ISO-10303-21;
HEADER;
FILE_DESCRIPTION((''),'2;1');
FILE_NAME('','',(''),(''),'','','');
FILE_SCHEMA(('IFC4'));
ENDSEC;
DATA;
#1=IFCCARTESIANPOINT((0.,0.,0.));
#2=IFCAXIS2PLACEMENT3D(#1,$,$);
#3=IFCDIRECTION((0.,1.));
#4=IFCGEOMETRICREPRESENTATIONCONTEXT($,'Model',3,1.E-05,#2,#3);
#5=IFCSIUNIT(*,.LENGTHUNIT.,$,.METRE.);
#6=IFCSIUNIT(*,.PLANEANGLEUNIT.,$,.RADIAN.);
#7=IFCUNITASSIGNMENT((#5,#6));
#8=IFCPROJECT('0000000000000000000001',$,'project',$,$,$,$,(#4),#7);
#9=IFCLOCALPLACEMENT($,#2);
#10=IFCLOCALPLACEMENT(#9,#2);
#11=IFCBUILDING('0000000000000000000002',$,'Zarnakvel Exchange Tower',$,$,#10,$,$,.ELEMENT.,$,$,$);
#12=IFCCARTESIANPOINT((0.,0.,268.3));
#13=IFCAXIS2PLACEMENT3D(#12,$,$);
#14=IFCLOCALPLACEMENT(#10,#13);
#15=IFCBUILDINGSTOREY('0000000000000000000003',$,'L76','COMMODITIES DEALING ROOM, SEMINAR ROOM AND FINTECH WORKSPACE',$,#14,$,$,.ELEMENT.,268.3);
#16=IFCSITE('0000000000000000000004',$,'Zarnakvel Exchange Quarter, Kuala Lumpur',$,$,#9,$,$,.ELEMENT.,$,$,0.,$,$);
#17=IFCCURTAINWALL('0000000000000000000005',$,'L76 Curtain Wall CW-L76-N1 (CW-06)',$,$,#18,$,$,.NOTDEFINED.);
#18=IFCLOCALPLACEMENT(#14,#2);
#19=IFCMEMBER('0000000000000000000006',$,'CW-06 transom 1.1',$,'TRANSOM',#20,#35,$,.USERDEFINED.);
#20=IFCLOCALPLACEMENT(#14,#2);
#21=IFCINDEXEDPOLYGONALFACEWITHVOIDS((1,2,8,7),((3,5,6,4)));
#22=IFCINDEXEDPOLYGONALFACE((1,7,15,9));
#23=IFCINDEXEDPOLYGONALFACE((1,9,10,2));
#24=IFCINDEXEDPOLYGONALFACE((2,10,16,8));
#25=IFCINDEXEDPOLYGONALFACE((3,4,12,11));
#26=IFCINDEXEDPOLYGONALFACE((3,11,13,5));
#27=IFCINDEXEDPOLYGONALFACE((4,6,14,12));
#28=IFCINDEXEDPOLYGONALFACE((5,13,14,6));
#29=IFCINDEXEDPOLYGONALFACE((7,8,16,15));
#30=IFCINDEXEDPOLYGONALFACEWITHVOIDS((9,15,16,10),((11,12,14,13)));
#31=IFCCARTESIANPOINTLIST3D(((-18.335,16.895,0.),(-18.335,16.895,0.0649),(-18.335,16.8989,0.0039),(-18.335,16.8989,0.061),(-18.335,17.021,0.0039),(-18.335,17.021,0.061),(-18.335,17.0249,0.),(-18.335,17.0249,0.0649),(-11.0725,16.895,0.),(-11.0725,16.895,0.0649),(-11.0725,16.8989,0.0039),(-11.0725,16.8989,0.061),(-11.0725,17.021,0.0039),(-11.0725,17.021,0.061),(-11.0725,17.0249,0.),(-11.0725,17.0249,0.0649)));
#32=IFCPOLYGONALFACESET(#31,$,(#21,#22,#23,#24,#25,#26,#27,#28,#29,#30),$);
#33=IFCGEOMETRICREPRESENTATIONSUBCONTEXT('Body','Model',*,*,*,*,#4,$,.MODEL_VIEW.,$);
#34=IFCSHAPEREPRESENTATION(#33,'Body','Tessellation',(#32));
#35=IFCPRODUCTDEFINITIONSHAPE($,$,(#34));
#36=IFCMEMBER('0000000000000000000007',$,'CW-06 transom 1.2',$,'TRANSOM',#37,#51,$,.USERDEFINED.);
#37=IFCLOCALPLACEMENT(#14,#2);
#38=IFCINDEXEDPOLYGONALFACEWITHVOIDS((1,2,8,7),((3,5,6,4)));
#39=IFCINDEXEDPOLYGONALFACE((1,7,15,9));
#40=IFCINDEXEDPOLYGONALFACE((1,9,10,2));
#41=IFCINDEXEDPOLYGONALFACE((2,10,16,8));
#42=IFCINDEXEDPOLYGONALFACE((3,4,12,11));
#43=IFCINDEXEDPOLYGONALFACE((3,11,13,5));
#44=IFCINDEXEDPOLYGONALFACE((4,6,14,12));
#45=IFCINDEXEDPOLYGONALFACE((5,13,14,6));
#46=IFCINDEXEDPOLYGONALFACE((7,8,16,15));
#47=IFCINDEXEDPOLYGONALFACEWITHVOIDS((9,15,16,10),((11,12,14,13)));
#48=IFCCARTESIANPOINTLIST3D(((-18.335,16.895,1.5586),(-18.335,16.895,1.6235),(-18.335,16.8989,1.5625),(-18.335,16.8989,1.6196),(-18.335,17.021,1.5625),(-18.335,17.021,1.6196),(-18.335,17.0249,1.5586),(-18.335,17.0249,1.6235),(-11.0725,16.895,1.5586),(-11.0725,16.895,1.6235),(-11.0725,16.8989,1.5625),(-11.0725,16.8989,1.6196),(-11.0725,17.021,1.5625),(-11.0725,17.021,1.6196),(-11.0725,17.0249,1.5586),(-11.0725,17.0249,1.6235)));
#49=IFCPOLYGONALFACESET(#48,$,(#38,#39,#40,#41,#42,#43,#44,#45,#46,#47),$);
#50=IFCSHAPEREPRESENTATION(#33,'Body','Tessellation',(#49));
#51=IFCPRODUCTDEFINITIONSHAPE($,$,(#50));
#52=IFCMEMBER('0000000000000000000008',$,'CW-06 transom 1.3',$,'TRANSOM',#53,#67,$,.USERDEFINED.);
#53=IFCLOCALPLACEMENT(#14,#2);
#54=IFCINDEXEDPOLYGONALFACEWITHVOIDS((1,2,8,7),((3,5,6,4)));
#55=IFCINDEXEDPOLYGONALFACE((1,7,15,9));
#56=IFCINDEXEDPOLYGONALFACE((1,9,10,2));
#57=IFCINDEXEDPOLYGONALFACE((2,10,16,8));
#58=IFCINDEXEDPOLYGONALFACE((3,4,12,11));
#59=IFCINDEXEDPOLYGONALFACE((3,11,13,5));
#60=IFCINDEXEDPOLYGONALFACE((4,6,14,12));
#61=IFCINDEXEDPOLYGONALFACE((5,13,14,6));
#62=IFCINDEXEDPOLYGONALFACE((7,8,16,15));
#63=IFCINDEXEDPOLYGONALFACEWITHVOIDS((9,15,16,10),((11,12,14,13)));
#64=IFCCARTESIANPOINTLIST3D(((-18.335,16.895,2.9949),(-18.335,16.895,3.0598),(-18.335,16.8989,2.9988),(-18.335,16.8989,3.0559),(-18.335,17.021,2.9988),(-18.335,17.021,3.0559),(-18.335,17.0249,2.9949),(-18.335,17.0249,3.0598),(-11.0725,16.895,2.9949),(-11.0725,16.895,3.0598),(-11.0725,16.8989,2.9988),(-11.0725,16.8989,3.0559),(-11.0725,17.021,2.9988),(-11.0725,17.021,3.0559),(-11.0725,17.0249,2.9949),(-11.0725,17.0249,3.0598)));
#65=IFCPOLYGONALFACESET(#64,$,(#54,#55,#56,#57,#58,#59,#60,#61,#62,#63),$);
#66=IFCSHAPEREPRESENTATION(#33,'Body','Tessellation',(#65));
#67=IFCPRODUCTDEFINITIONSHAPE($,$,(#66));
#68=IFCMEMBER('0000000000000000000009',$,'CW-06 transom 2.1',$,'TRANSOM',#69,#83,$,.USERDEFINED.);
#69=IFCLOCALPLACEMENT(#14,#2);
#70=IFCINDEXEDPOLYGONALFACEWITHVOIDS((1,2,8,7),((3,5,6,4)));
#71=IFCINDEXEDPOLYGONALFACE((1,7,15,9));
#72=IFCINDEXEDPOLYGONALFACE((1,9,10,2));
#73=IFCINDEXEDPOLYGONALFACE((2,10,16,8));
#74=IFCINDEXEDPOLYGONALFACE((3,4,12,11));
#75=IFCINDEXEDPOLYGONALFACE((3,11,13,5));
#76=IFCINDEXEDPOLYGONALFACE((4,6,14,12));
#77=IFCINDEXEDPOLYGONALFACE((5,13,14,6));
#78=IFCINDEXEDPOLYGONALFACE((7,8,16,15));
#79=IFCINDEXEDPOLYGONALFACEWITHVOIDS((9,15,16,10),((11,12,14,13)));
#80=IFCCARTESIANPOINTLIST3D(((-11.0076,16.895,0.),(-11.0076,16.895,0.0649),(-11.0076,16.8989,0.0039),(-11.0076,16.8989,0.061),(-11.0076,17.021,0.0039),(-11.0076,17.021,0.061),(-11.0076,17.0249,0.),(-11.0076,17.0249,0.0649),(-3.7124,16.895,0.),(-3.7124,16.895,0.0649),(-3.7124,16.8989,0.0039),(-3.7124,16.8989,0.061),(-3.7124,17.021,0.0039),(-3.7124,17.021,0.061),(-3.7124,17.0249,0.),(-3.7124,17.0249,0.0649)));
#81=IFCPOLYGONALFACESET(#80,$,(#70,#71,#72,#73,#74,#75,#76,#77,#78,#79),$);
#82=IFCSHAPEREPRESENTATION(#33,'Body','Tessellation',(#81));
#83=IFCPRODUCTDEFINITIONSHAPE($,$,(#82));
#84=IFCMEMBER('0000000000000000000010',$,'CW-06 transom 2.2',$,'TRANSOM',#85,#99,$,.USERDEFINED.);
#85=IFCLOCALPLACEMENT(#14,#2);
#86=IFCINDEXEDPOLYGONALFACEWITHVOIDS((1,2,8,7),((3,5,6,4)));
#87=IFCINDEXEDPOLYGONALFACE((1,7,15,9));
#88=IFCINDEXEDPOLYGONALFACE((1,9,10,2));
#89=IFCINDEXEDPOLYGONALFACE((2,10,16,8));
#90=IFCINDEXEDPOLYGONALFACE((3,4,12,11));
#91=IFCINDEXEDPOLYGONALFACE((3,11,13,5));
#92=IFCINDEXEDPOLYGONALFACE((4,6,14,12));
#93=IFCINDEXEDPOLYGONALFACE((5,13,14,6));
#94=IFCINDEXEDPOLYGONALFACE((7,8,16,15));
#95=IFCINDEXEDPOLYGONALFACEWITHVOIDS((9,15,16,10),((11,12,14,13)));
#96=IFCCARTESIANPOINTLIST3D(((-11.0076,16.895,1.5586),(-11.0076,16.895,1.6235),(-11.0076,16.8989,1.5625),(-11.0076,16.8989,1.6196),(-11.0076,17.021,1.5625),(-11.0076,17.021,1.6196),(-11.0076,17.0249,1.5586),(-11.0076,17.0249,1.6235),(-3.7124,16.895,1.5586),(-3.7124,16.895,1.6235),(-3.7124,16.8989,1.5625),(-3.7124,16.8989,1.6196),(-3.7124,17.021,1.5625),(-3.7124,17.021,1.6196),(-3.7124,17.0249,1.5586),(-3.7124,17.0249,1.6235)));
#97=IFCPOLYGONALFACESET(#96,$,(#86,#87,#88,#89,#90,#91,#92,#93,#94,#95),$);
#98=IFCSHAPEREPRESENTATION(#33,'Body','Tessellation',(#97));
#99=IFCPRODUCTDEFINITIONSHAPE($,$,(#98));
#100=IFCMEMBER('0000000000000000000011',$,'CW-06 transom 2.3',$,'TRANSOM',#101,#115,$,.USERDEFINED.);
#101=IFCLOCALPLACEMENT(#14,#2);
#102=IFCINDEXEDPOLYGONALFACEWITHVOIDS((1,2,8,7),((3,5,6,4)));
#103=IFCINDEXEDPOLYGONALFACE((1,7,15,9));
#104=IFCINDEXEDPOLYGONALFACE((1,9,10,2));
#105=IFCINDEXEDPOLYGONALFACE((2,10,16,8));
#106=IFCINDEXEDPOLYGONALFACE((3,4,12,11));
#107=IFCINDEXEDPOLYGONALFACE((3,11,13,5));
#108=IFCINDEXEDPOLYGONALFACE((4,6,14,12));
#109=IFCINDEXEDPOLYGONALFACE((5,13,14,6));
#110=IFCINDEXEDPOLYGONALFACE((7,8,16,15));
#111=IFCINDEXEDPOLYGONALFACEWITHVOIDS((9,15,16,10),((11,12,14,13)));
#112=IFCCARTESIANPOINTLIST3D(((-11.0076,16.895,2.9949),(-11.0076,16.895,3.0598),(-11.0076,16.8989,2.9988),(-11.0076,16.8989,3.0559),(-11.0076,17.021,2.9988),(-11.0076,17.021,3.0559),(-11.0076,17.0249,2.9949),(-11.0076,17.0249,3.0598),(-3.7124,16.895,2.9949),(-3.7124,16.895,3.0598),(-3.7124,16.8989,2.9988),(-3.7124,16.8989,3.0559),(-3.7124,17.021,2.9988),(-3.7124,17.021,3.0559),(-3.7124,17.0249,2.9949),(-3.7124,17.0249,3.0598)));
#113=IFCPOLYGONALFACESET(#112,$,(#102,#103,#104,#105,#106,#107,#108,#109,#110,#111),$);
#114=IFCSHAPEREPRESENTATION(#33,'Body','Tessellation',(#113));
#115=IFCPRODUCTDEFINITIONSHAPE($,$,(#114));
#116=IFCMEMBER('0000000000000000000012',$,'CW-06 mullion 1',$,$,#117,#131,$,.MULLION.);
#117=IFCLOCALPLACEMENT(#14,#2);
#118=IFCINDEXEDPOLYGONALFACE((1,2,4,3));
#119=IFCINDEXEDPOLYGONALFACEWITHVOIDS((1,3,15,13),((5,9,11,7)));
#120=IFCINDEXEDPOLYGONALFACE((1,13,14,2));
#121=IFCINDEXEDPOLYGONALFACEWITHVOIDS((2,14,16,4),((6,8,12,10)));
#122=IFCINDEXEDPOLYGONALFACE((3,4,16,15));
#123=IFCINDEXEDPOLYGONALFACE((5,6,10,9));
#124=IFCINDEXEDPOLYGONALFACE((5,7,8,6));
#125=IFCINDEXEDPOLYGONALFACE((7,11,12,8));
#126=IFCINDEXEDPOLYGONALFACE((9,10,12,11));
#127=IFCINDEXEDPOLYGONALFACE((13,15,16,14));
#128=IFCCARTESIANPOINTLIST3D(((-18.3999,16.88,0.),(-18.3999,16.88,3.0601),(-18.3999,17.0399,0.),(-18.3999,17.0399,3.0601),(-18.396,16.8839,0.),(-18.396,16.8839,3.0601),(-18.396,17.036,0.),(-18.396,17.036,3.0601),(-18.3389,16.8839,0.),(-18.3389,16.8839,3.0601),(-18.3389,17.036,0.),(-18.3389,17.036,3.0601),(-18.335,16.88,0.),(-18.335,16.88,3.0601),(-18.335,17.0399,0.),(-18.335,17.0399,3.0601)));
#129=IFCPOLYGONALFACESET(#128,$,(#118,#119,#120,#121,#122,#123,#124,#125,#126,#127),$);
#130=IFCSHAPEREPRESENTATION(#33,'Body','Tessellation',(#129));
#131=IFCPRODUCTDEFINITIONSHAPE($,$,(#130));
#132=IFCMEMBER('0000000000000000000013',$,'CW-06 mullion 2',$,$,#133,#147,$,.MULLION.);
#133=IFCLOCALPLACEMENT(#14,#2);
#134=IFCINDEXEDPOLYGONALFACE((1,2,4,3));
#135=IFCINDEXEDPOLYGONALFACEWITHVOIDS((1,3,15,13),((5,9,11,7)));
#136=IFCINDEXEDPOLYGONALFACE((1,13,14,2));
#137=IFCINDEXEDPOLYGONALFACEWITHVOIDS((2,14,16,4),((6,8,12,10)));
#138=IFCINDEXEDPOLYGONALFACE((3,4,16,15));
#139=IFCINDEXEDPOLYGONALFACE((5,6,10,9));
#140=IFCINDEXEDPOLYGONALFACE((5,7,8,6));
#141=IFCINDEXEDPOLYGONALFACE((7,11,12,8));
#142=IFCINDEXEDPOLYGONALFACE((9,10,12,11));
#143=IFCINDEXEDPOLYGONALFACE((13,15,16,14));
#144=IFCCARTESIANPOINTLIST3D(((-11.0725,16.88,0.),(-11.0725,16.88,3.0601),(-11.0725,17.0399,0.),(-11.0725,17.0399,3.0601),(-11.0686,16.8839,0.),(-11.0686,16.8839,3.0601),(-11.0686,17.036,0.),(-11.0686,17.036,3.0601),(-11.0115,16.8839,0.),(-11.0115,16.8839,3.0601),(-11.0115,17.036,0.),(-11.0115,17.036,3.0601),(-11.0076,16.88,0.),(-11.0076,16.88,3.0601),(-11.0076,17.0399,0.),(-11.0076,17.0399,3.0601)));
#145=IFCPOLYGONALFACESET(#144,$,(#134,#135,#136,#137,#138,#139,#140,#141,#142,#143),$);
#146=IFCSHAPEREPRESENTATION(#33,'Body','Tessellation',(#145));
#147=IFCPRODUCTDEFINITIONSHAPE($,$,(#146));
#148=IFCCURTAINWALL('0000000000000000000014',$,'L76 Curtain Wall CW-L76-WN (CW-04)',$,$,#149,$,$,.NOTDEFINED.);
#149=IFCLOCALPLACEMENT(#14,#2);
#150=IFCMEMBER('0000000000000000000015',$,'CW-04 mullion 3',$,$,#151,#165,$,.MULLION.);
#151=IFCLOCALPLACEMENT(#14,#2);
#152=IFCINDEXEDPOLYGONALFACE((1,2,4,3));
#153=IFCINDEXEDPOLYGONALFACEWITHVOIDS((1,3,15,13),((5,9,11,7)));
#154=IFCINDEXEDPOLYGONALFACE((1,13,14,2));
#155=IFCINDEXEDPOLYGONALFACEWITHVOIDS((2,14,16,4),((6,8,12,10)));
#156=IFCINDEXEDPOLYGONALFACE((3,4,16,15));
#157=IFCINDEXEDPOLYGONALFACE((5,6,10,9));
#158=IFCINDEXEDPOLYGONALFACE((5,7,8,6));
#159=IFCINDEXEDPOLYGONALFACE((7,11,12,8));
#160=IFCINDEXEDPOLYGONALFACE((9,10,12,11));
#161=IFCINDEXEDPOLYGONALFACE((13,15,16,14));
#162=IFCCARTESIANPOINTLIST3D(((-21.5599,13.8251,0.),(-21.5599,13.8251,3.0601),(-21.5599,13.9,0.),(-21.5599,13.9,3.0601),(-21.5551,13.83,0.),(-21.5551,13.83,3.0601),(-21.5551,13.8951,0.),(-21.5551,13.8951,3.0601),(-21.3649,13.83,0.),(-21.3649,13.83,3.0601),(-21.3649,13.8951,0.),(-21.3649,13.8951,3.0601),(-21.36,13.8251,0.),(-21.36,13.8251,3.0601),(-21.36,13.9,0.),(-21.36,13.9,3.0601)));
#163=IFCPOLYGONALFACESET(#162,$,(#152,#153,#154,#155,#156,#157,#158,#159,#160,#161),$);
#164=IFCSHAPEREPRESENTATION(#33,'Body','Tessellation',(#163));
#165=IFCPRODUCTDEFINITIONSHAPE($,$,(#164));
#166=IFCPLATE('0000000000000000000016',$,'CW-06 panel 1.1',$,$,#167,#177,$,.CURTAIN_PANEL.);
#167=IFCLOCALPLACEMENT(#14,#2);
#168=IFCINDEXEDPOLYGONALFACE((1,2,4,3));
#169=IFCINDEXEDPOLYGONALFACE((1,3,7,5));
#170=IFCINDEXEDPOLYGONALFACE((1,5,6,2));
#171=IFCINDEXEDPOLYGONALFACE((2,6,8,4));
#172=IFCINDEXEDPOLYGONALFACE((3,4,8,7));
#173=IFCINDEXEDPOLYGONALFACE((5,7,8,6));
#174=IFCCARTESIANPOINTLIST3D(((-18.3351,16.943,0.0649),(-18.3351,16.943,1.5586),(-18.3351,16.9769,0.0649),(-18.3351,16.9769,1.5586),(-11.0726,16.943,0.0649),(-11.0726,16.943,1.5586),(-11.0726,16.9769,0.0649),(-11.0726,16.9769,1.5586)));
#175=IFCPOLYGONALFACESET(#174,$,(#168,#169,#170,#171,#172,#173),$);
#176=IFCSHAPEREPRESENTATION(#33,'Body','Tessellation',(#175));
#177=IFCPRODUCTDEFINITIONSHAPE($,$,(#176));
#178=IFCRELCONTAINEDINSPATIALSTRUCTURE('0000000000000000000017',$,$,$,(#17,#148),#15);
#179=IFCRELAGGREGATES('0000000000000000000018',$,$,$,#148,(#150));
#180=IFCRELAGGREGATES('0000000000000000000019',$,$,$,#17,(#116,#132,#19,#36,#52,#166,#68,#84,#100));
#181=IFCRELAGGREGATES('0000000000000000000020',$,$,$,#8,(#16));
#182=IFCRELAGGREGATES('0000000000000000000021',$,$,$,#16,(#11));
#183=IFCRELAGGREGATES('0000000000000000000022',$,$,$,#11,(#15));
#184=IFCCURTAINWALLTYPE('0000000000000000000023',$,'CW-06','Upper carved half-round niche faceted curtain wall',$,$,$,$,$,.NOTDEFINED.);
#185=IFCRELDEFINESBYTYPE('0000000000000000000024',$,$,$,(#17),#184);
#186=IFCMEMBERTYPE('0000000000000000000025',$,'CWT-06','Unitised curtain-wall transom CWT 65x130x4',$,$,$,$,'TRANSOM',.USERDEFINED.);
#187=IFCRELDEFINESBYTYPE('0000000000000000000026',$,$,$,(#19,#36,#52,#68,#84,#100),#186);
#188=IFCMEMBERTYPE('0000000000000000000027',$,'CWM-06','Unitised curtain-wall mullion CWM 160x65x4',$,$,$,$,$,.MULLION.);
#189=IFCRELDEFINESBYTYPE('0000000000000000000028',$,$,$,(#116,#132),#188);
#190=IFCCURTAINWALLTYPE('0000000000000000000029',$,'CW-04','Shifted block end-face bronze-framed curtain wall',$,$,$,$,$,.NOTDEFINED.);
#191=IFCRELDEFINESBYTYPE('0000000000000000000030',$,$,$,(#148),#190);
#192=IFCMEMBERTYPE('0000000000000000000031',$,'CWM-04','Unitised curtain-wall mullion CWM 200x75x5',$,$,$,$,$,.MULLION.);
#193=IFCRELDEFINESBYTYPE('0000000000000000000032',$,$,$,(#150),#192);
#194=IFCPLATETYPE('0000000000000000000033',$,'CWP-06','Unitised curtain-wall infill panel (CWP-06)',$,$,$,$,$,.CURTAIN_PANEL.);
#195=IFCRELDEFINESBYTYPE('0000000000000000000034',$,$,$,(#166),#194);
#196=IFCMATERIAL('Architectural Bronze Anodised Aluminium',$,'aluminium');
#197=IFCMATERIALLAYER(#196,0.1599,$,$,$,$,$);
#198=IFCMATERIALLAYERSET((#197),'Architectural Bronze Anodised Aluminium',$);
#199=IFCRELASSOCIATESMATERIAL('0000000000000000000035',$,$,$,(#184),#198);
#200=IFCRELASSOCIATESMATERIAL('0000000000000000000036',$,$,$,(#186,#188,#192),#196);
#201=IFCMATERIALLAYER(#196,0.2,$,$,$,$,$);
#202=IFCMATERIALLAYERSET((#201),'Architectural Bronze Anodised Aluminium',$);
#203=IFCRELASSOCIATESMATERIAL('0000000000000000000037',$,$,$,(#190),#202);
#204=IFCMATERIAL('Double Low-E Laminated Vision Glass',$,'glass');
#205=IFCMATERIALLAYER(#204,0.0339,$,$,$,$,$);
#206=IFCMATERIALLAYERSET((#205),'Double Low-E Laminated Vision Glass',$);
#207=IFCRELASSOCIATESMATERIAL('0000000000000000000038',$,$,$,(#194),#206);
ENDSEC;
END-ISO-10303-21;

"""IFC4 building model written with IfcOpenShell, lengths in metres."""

from ifc_helpers import new_model, si_unit, direction, frame, origin, origin_2d, place, context, subcontext, project, spatial, rectangle, hollow_rectangle, extrude, source, transform, mapped, material, layer, layer_set, material_profile, profile_set, type_object, element, aggregate, save


model = new_model("IFC4")

# Units and contexts
model_context = context("Model", 3, precision=1e-05, world=origin(), true_north=direction((0.0, 1.0)))
body_context = subcontext(model_context, "Body", "Model", "MODEL_VIEW")
ifc_project = project(units=[si_unit("LENGTHUNIT", "METRE"), si_unit("PLANEANGLEUNIT", "RADIAN")], contexts=[model_context])

# Site, building, storey
site_placement = place(None, origin())
site = spatial("IfcSite", under=ifc_project, at=site_placement, Name="Zarnakvel Exchange Quarter, Kuala Lumpur", CompositionType="ELEMENT", RefElevation=0.0)
building_placement = place(site_placement, origin())
building = spatial("IfcBuilding", under=site, at=building_placement, Name="Zarnakvel Exchange Tower", CompositionType="ELEMENT")
storey_placement = place(building_placement, frame((0.0, 0.0, 268.3)))
storey = spatial("IfcBuildingStorey", under=building, at=storey_placement, Name="L76", Description="COMMODITIES DEALING ROOM, SEMINAR ROOM AND FINTECH WORKSPACE", CompositionType="ELEMENT", Elevation=268.3)

# Curtain wall, members
ifc_material_1 = material(Name="Architectural Bronze Anodised Aluminium", Category="aluminium")
ifc_layer_1 = layer(ifc_material_1, 0.1599)
ifc_layer_set_1 = layer_set([ifc_layer_1], Name="Architectural Bronze Anodised Aluminium")
curtain_wall_type_1 = type_object("IfcCurtainWallType", Name="CW-06", Description="Upper carved half-round niche faceted curtain wall", PredefinedType="NOTDEFINED", material=ifc_layer_set_1)
curtain_wall_1_placement = place(storey_placement, origin())
curtain_wall_1 = element("IfcCurtainWall", 1, at=curtain_wall_1_placement, inside=storey, type_object=curtain_wall_type_1, Name="L76 Curtain Wall CW-L76-N1 (CW-06)", PredefinedType="NOTDEFINED")
ifc_material_profile_1 = material_profile(ifc_material_1, hollow_rectangle(XDim=0.1299, YDim=0.0649, WallThickness=0.0039, at=origin_2d()))
ifc_profile_set_1 = profile_set([ifc_material_profile_1], Name="Architectural Bronze Anodised Aluminium")
member_type_1 = type_object("IfcMemberType", Name="CWT-06", Description="Unitised curtain-wall transom CWT 65x130x4", ElementType="TRANSOM", PredefinedType="USERDEFINED", material=ifc_profile_set_1)
shared_shape_1 = source(origin(), body_context, "Body", "SweptSolid", [
    extrude(hollow_rectangle(XDim=0.1299, YDim=0.0649, WallThickness=0.0039, at=origin_2d()), origin(), (0.0, 0.0, 1.0), 7.2625),
])
member_1_placement = place(storey_placement, frame((-18.335, 16.96, 0.0325), z_axis=(1.0, 0.0, 0.0), x_axis=(0.0, 1.0, 0.0)))
member_1 = element("IfcMember", 2, at=member_1_placement, type_object=member_type_1, Name="CW-06 transom 1.1", ObjectType="TRANSOM", PredefinedType="USERDEFINED", context=body_context, shape_type="MappedRepresentation", body=[
    mapped(shared_shape_1, transform((0.0, 0.0, 0.0), x_axis=(1.0, 0.0, 0.0), y_axis=(0.0, 1.0, 0.0), z_axis=(0.0, 0.0, 1.0), scale=1.0)),
])
member_2_placement = place(storey_placement, frame((-18.335, 16.96, 1.5911), z_axis=(1.0, 0.0, 0.0), x_axis=(0.0, 1.0, 0.0)))
member_2 = element("IfcMember", 3, at=member_2_placement, type_object=member_type_1, Name="CW-06 transom 1.2", ObjectType="TRANSOM", PredefinedType="USERDEFINED", context=body_context, shape_type="MappedRepresentation", body=[
    mapped(shared_shape_1, transform((0.0, 0.0, 0.0), x_axis=(1.0, 0.0, 0.0), y_axis=(0.0, 1.0, 0.0), z_axis=(0.0, 0.0, 1.0), scale=1.0)),
])
member_3_placement = place(storey_placement, frame((-18.335, 16.96, 3.0273), z_axis=(1.0, 0.0, 0.0), x_axis=(0.0, 1.0, 0.0)))
member_3 = element("IfcMember", 4, at=member_3_placement, type_object=member_type_1, Name="CW-06 transom 1.3", ObjectType="TRANSOM", PredefinedType="USERDEFINED", context=body_context, shape_type="MappedRepresentation", body=[
    mapped(shared_shape_1, transform((0.0, 0.0, 0.0), x_axis=(1.0, 0.0, 0.0), y_axis=(0.0, 1.0, 0.0), z_axis=(0.0, 0.0, 1.0), scale=1.0)),
])
shared_shape_2 = source(origin(), body_context, "Body", "SweptSolid", [
    extrude(hollow_rectangle(XDim=0.1299, YDim=0.0649, WallThickness=0.0039, at=origin_2d()), origin(), (0.0, 0.0, 1.0), 7.2952),
])
member_4_placement = place(storey_placement, frame((-11.0076, 16.96, 0.0325), z_axis=(1.0, 0.0, 0.0), x_axis=(0.0, 1.0, 0.0)))
member_4 = element("IfcMember", 5, at=member_4_placement, type_object=member_type_1, Name="CW-06 transom 2.1", ObjectType="TRANSOM", PredefinedType="USERDEFINED", context=body_context, shape_type="MappedRepresentation", body=[
    mapped(shared_shape_2, transform((0.0, 0.0, 0.0), x_axis=(1.0, 0.0, 0.0), y_axis=(0.0, 1.0, 0.0), z_axis=(0.0, 0.0, 1.0), scale=1.0)),
])
member_5_placement = place(storey_placement, frame((-11.0076, 16.96, 1.5911), z_axis=(1.0, 0.0, 0.0), x_axis=(0.0, 1.0, 0.0)))
member_5 = element("IfcMember", 6, at=member_5_placement, type_object=member_type_1, Name="CW-06 transom 2.2", ObjectType="TRANSOM", PredefinedType="USERDEFINED", context=body_context, shape_type="MappedRepresentation", body=[
    mapped(shared_shape_2, transform((0.0, 0.0, 0.0), x_axis=(1.0, 0.0, 0.0), y_axis=(0.0, 1.0, 0.0), z_axis=(0.0, 0.0, 1.0), scale=1.0)),
])
member_6_placement = place(storey_placement, frame((-11.0076, 16.96, 3.0273), z_axis=(1.0, 0.0, 0.0), x_axis=(0.0, 1.0, 0.0)))
member_6 = element("IfcMember", 7, at=member_6_placement, type_object=member_type_1, Name="CW-06 transom 2.3", ObjectType="TRANSOM", PredefinedType="USERDEFINED", context=body_context, shape_type="MappedRepresentation", body=[
    mapped(shared_shape_2, transform((0.0, 0.0, 0.0), x_axis=(1.0, 0.0, 0.0), y_axis=(0.0, 1.0, 0.0), z_axis=(0.0, 0.0, 1.0), scale=1.0)),
])
ifc_material_profile_2 = material_profile(ifc_material_1, hollow_rectangle(XDim=0.1599, YDim=0.0649, WallThickness=0.0039, at=origin_2d()))
ifc_profile_set_2 = profile_set([ifc_material_profile_2], Name="Architectural Bronze Anodised Aluminium")
member_type_2 = type_object("IfcMemberType", Name="CWM-06", Description="Unitised curtain-wall mullion CWM 160x65x4", PredefinedType="MULLION", material=ifc_profile_set_2)
shared_shape_3 = source(origin(), body_context, "Body", "SweptSolid", [
    extrude(hollow_rectangle(XDim=0.1599, YDim=0.0649, WallThickness=0.0039, at=origin_2d()), origin(), (0.0, 0.0, 1.0), 3.0601),
])
member_7_placement = place(storey_placement, frame((-18.3674, 16.96, 0.0), z_axis=(0.0, 0.0, 1.0), x_axis=(0.0, 1.0, 0.0)))
member_7 = element("IfcMember", 8, at=member_7_placement, type_object=member_type_2, Name="CW-06 mullion 1", PredefinedType="MULLION", context=body_context, shape_type="MappedRepresentation", body=[
    mapped(shared_shape_3, transform((0.0, 0.0, 0.0), x_axis=(1.0, 0.0, 0.0), y_axis=(0.0, 1.0, 0.0), z_axis=(0.0, 0.0, 1.0), scale=1.0)),
])
member_8_placement = place(storey_placement, frame((-11.04, 16.96, 0.0), z_axis=(0.0, 0.0, 1.0), x_axis=(0.0, 1.0, 0.0)))
member_8 = element("IfcMember", 9, at=member_8_placement, type_object=member_type_2, Name="CW-06 mullion 2", PredefinedType="MULLION", context=body_context, shape_type="MappedRepresentation", body=[
    mapped(shared_shape_3, transform((0.0, 0.0, 0.0), x_axis=(1.0, 0.0, 0.0), y_axis=(0.0, 1.0, 0.0), z_axis=(0.0, 0.0, 1.0), scale=1.0)),
])

# Curtain wall, member
ifc_layer_2 = layer(ifc_material_1, 0.2)
ifc_layer_set_2 = layer_set([ifc_layer_2], Name="Architectural Bronze Anodised Aluminium")
curtain_wall_type_2 = type_object("IfcCurtainWallType", Name="CW-04", Description="Shifted block end-face bronze-framed curtain wall", PredefinedType="NOTDEFINED", material=ifc_layer_set_2)
curtain_wall_2_placement = place(storey_placement, origin())
curtain_wall_2 = element("IfcCurtainWall", 10, at=curtain_wall_2_placement, inside=storey, type_object=curtain_wall_type_2, Name="L76 Curtain Wall CW-L76-WN (CW-04)", PredefinedType="NOTDEFINED")
ifc_material_profile_3 = material_profile(ifc_material_1, hollow_rectangle(XDim=0.2, YDim=0.075, WallThickness=0.0049, at=origin_2d()))
ifc_profile_set_3 = profile_set([ifc_material_profile_3], Name="Architectural Bronze Anodised Aluminium")
member_type_3 = type_object("IfcMemberType", Name="CWM-04", Description="Unitised curtain-wall mullion CWM 200x75x5", PredefinedType="MULLION", material=ifc_profile_set_3)
shared_shape_4 = source(origin(), body_context, "Body", "SweptSolid", [
    extrude(hollow_rectangle(XDim=0.2, YDim=0.075, WallThickness=0.0049, at=origin_2d()), origin(), (0.0, 0.0, 1.0), 3.0601),
])
member_9_placement = place(storey_placement, frame((-21.46, 13.8625, 0.0), z_axis=(0.0, 0.0, 1.0), x_axis=(-1.0, 0.0, 0.0)))
member_9 = element("IfcMember", 11, at=member_9_placement, type_object=member_type_3, Name="CW-04 mullion 3", PredefinedType="MULLION", context=body_context, shape_type="MappedRepresentation", body=[
    mapped(shared_shape_4, transform((0.0, 0.0, 0.0), x_axis=(1.0, 0.0, 0.0), y_axis=(0.0, 1.0, 0.0), z_axis=(0.0, 0.0, 1.0), scale=1.0)),
])
aggregate(curtain_wall_2, [member_9])

# Plate
ifc_material_2 = material(Name="Double Low-E Laminated Vision Glass", Category="glass")
ifc_layer_3 = layer(ifc_material_2, 0.0339)
ifc_layer_set_3 = layer_set([ifc_layer_3], Name="Double Low-E Laminated Vision Glass")
plate_type = type_object("IfcPlateType", Name="CWP-06", Description="Unitised curtain-wall infill panel (CWP-06)", PredefinedType="CURTAIN_PANEL", material=ifc_layer_set_3)
shared_shape_5 = source(origin(), body_context, "Body", "SweptSolid", [
    extrude(rectangle(XDim=7.2625, YDim=0.0339, at=origin_2d()), origin(), (0.0, 0.0, 1.0), 1.4937),
])
plate_1_placement = place(storey_placement, frame((-14.7039, 16.96, 0.0649), z_axis=(0.0, 0.0, 1.0), x_axis=(1.0, 0.0, 0.0)))
plate_1 = element("IfcPlate", 12, at=plate_1_placement, type_object=plate_type, Name="CW-06 panel 1.1", PredefinedType="CURTAIN_PANEL", context=body_context, shape_type="MappedRepresentation", body=[
    mapped(shared_shape_5, transform((0.0, 0.0, 0.0), x_axis=(1.0, 0.0, 0.0), y_axis=(0.0, 1.0, 0.0), z_axis=(0.0, 0.0, 1.0), scale=1.0)),
])
aggregate(curtain_wall_1, [member_7, member_8, member_1, member_2, member_3, plate_1, member_4, member_5, member_6])

save(model, "model.ifc")
